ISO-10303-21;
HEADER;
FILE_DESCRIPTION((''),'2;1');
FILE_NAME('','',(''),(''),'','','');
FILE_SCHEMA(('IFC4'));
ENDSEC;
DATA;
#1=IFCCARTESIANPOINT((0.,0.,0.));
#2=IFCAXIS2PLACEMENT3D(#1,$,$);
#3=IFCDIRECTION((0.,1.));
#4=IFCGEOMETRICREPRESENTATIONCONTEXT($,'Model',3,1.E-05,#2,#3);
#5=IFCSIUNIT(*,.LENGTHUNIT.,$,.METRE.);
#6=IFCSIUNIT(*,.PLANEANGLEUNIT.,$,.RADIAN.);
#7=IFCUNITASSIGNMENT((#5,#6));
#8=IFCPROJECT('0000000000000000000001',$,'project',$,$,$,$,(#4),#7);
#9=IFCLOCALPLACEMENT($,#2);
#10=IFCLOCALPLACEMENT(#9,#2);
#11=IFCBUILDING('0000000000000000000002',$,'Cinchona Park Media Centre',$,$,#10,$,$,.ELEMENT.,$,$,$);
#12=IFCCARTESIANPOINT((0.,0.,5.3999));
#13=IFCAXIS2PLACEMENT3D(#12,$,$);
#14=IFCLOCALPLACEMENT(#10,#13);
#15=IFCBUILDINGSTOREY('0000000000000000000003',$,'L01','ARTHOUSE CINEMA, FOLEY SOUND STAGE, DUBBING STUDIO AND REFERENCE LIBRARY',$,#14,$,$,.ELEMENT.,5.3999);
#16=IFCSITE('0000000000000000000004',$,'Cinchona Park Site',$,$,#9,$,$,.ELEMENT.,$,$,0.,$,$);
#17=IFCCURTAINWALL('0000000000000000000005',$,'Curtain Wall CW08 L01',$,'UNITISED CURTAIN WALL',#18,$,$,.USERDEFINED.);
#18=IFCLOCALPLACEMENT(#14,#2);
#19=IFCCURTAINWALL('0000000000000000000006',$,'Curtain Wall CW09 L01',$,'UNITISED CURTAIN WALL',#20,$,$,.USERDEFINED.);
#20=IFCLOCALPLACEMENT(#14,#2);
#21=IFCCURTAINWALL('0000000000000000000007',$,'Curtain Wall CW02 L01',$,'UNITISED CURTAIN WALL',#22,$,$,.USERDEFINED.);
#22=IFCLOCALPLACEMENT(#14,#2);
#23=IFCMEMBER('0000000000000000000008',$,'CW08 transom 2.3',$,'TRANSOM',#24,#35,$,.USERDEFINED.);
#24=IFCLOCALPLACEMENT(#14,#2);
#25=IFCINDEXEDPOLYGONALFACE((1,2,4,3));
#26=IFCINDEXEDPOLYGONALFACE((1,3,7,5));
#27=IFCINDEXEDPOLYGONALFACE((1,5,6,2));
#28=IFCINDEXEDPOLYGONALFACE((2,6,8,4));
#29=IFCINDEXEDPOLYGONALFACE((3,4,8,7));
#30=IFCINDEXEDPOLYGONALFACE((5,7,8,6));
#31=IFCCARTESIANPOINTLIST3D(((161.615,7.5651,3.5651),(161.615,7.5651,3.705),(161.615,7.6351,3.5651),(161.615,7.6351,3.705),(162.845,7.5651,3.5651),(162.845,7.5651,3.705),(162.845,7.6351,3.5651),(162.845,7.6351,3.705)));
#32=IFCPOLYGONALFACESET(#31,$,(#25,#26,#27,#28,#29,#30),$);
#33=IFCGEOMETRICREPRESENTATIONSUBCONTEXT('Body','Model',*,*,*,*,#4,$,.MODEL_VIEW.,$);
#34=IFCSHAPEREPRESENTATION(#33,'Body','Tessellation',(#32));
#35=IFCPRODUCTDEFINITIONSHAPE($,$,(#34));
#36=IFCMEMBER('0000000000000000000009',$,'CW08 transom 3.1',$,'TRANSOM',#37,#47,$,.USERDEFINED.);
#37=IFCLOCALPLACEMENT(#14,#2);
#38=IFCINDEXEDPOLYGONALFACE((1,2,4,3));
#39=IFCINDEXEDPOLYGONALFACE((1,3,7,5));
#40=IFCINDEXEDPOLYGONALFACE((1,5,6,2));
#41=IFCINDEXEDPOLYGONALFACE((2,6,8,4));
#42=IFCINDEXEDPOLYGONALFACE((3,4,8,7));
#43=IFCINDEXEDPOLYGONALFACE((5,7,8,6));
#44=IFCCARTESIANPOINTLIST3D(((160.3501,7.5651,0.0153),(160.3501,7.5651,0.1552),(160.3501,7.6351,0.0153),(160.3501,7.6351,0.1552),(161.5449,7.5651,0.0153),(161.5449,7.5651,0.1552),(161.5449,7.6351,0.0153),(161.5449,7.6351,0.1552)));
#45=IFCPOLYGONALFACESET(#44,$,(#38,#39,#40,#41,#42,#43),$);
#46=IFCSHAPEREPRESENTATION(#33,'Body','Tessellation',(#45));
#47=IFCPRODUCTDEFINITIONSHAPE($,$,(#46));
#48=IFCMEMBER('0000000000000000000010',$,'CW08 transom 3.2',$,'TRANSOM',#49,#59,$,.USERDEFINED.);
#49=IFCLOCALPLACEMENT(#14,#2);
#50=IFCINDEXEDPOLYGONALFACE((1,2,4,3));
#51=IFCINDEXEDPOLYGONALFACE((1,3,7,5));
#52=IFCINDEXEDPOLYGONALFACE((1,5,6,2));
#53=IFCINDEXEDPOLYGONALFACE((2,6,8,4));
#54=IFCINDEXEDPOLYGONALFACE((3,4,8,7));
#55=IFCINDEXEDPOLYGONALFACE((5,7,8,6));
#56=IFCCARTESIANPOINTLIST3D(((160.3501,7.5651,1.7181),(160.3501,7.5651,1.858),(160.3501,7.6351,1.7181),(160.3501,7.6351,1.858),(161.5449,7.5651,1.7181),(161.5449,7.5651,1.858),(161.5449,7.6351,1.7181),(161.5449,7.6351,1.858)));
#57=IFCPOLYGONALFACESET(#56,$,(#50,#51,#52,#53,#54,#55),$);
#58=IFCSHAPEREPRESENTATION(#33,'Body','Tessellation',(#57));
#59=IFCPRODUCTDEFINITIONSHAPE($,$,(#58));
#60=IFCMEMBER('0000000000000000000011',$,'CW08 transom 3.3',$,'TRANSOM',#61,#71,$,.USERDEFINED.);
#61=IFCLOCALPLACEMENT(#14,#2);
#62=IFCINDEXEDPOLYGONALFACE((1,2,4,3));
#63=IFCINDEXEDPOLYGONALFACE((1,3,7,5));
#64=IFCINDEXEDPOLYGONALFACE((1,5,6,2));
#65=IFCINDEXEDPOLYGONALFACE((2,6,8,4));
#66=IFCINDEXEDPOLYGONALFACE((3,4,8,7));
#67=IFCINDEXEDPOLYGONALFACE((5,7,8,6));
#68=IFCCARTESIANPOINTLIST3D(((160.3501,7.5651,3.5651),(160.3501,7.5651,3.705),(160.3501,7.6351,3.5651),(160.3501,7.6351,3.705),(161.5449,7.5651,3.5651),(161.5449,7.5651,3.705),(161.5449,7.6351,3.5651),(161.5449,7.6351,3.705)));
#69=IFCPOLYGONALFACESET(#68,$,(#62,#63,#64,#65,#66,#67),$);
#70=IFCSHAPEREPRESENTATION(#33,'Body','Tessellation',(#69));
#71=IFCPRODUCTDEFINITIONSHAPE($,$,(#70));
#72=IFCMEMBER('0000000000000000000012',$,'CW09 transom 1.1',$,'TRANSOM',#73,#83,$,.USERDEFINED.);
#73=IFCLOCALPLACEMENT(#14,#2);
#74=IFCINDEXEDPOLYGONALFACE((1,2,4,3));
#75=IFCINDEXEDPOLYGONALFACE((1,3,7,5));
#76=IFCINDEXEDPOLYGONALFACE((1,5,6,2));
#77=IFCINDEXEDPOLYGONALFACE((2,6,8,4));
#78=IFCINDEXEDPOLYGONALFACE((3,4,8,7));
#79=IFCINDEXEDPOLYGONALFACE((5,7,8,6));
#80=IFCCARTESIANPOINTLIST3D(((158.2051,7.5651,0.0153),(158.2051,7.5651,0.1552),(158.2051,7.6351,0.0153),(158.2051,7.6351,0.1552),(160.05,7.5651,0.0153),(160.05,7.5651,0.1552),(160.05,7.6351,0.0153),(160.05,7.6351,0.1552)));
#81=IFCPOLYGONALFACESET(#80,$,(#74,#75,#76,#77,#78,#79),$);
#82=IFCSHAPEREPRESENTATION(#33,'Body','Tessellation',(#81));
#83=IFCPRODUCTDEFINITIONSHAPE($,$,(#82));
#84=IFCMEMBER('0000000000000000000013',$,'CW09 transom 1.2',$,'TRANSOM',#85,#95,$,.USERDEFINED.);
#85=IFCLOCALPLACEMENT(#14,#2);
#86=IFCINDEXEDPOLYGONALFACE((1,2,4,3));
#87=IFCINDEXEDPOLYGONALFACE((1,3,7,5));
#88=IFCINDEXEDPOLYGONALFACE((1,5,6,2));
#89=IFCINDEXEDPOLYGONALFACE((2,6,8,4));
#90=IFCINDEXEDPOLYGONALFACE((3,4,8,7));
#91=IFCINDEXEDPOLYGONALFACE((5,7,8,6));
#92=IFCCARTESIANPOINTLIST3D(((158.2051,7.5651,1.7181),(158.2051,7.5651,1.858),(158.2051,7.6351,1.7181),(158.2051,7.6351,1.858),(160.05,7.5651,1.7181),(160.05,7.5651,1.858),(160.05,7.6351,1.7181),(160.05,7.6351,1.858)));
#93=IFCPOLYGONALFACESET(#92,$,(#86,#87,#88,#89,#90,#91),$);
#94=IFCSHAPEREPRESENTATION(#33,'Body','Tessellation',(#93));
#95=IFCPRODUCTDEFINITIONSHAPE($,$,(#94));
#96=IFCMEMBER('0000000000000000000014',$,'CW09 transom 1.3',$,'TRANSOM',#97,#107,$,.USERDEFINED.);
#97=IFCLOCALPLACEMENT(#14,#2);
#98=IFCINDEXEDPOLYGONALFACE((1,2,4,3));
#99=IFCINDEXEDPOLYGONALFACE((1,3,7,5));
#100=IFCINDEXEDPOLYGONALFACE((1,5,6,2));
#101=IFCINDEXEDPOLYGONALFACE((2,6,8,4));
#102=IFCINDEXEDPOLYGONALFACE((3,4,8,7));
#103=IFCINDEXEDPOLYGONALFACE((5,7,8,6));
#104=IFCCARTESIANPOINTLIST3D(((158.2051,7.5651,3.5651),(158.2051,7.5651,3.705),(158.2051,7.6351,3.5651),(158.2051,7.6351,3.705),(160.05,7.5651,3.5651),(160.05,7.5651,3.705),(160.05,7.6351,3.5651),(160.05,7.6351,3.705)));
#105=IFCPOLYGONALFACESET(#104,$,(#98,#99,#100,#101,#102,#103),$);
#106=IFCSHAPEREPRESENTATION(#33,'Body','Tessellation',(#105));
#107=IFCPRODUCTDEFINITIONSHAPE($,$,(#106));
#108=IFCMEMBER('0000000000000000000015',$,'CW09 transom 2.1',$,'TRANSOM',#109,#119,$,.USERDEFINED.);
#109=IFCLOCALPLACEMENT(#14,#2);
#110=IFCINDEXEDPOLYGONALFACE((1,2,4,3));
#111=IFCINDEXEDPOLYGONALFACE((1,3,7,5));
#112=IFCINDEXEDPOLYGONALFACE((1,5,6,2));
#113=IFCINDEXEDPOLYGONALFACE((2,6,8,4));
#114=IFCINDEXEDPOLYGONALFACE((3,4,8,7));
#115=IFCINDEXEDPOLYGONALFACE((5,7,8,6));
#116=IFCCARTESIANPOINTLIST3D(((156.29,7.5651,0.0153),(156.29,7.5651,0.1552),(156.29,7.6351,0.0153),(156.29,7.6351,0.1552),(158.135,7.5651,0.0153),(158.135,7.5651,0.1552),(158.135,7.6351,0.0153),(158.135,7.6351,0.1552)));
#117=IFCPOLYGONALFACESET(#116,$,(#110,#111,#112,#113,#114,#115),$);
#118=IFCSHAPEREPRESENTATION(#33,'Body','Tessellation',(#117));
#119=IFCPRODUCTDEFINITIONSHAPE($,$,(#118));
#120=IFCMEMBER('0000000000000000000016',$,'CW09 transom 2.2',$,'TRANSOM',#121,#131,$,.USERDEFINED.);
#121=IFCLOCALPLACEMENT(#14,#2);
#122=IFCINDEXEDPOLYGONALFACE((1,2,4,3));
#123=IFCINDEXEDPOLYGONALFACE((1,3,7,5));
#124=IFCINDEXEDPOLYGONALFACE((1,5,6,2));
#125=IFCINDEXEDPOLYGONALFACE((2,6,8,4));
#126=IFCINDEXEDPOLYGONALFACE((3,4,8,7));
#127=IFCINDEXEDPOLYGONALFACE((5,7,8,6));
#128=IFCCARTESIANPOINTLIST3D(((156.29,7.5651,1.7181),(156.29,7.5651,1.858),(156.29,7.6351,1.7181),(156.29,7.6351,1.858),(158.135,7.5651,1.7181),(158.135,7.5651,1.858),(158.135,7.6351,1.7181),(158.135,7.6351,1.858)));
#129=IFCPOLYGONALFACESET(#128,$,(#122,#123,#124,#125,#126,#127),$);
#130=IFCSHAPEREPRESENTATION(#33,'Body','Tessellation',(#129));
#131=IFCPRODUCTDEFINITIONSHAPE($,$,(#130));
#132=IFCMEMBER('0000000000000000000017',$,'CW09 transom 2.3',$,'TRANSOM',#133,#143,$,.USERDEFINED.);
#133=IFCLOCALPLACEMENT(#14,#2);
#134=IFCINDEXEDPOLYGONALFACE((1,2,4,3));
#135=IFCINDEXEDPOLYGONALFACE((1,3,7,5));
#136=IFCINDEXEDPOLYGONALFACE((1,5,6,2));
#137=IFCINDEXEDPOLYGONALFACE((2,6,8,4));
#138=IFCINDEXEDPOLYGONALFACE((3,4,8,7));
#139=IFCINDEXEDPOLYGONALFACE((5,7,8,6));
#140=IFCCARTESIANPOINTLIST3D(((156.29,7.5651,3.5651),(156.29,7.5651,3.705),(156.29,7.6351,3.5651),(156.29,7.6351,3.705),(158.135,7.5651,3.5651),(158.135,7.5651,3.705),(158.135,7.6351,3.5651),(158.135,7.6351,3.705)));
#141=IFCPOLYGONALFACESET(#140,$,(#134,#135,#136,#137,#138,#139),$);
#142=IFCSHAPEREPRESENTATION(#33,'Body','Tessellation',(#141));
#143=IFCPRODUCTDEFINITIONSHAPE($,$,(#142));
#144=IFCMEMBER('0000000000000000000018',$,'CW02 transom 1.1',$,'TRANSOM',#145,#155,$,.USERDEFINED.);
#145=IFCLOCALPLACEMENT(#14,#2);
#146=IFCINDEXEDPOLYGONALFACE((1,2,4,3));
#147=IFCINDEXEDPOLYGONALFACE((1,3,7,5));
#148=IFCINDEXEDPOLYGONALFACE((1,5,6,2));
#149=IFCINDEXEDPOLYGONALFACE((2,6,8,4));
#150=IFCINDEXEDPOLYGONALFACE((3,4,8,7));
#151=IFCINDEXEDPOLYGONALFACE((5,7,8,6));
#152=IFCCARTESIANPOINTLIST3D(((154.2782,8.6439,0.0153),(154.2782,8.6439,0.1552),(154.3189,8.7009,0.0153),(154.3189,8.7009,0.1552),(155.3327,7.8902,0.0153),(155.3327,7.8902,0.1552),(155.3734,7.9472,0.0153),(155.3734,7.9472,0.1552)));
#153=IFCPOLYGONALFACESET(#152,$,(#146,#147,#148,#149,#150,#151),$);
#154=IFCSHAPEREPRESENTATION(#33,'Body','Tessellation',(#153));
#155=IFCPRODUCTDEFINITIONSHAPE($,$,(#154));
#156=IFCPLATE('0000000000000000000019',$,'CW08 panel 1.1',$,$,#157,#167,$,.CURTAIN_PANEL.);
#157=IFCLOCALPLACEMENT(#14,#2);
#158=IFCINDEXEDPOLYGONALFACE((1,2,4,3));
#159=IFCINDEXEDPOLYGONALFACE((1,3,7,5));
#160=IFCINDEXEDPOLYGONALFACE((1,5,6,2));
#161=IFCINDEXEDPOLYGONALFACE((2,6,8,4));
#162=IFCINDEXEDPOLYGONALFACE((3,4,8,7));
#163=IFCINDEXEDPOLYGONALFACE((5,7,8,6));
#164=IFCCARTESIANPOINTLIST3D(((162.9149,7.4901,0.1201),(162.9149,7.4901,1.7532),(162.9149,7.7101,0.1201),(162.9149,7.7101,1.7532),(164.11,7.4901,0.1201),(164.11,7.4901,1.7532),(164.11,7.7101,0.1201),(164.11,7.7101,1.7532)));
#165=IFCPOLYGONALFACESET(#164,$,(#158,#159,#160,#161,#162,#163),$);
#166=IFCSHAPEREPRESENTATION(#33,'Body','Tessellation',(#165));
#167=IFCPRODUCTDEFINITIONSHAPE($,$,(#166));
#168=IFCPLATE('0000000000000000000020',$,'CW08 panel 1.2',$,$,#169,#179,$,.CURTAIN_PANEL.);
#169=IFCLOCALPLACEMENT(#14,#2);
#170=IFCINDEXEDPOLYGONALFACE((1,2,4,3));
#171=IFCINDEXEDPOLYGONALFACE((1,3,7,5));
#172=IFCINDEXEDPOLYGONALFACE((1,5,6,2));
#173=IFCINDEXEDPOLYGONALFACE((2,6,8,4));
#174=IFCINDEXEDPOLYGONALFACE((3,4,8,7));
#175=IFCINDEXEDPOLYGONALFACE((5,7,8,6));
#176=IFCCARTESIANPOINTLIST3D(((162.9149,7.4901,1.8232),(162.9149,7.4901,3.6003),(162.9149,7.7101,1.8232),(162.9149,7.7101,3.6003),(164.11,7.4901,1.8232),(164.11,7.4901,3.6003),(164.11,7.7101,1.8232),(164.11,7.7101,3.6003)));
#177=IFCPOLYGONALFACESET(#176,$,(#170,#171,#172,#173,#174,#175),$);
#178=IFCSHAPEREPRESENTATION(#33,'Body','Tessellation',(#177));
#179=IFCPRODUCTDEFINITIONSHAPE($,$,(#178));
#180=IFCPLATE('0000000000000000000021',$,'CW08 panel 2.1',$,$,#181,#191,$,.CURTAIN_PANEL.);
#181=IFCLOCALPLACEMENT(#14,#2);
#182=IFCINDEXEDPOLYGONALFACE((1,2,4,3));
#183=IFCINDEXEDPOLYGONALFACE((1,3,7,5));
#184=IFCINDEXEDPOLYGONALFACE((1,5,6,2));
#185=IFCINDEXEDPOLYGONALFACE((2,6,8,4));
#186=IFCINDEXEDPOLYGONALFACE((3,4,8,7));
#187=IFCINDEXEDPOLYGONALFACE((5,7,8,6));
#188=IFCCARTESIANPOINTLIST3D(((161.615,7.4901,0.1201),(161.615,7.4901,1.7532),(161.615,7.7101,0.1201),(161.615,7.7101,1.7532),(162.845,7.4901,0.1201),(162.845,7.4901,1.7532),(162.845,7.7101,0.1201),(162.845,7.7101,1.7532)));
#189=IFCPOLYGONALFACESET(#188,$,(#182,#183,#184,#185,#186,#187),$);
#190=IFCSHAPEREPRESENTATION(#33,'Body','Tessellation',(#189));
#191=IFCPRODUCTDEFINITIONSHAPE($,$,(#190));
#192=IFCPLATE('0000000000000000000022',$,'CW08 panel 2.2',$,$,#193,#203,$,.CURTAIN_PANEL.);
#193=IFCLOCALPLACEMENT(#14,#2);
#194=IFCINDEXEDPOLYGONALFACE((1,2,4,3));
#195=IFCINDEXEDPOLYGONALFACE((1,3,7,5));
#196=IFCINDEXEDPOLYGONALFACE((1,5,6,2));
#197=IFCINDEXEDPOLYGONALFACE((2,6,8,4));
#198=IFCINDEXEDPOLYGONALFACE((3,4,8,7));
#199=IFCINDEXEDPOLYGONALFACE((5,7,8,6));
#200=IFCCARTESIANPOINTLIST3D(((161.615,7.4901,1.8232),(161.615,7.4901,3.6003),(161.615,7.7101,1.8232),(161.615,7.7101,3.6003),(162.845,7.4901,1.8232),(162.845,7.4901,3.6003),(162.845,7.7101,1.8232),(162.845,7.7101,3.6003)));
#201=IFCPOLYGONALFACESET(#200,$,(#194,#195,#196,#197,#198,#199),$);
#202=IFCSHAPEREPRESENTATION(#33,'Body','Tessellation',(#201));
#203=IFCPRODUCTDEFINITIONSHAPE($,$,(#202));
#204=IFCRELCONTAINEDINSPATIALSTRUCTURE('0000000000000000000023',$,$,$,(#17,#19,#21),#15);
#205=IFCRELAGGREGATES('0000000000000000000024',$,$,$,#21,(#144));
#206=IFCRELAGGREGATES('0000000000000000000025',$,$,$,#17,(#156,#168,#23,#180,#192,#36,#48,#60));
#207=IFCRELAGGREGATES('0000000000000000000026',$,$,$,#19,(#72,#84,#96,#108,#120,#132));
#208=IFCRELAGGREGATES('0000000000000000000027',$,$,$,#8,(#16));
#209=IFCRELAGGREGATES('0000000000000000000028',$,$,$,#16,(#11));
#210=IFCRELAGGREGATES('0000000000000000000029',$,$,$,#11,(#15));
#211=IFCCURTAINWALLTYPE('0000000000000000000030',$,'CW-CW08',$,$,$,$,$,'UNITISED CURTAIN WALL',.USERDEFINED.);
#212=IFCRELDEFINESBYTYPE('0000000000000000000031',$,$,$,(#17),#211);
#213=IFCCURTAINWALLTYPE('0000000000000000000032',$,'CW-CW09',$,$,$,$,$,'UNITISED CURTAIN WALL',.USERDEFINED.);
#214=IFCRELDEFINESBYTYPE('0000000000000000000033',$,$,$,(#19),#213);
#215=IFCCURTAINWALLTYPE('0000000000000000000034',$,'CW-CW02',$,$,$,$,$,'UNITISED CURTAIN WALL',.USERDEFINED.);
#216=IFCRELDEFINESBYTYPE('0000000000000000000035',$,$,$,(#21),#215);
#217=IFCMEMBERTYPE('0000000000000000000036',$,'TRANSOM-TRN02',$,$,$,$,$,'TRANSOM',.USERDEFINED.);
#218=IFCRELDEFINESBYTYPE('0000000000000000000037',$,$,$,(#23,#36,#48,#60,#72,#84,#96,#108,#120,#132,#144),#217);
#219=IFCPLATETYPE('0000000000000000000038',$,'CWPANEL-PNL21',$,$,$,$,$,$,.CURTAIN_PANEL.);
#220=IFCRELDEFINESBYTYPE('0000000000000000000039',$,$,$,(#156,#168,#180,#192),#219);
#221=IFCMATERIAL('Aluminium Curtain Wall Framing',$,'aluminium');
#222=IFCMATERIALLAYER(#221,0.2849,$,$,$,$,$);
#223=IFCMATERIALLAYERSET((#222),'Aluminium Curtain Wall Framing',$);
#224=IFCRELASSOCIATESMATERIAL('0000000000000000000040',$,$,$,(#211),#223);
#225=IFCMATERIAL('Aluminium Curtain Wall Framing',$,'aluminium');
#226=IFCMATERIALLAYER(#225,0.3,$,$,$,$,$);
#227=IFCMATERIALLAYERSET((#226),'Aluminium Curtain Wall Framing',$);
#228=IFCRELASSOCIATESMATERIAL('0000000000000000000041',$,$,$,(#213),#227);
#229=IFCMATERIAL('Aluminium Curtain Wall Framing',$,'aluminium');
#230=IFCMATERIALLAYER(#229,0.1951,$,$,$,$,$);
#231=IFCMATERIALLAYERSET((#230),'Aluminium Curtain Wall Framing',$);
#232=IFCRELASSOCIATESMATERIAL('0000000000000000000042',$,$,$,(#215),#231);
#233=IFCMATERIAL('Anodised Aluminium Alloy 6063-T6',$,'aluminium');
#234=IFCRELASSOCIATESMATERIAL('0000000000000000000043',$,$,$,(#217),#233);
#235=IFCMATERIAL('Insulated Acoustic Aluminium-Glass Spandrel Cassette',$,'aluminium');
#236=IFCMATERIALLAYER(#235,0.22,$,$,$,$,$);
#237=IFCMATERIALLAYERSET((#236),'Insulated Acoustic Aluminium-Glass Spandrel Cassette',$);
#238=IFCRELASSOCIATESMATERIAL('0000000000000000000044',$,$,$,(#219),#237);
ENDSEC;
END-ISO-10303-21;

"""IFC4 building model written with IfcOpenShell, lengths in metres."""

from ifc_helpers import new_model, si_unit, direction, frame, origin, origin_2d, place, context, subcontext, project, spatial, rectangle, extrude, material, layer, layer_set, material_profile, profile_set, type_object, element, aggregate, save


model = new_model("IFC4")

# Units and contexts
model_context = context("Model", 3, precision=1e-05, world=origin(), true_north=direction((0.0, 1.0)))
body_context = subcontext(model_context, "Body", "Model", "MODEL_VIEW")
ifc_project = project(units=[si_unit("LENGTHUNIT", "METRE"), si_unit("PLANEANGLEUNIT", "RADIAN")], contexts=[model_context])

# Site, building, storey
site_placement = place(None, origin())
site = spatial("IfcSite", under=ifc_project, at=site_placement, Name="Cinchona Park Site", CompositionType="ELEMENT", RefElevation=0.0)
building_placement = place(site_placement, origin())
building = spatial("IfcBuilding", under=site, at=building_placement, Name="Cinchona Park Media Centre", CompositionType="ELEMENT")
storey_placement = place(building_placement, frame((0.0, 0.0, 5.3999)))
storey = spatial("IfcBuildingStorey", under=building, at=storey_placement, Name="L01", Description="ARTHOUSE CINEMA, FOLEY SOUND STAGE, DUBBING STUDIO AND REFERENCE LIBRARY", CompositionType="ELEMENT", Elevation=5.3999)

# Curtain walls
ifc_material_1 = material(Name="Aluminium Curtain Wall Framing", Category="aluminium")
ifc_layer_1 = layer(ifc_material_1, 0.2849)
ifc_layer_set_1 = layer_set([ifc_layer_1], Name="Aluminium Curtain Wall Framing")
curtain_wall_type_1 = type_object("IfcCurtainWallType", Name="CW-CW08", ElementType="UNITISED CURTAIN WALL", PredefinedType="USERDEFINED", material=ifc_layer_set_1)
curtain_wall_1_placement = place(storey_placement, origin())
curtain_wall_1 = element("IfcCurtainWall", 1, at=curtain_wall_1_placement, inside=storey, type_object=curtain_wall_type_1, Name="Curtain Wall CW08 L01", ObjectType="UNITISED CURTAIN WALL", PredefinedType="USERDEFINED")
ifc_material_2 = material(Name="Aluminium Curtain Wall Framing", Category="aluminium")
ifc_layer_2 = layer(ifc_material_2, 0.3)
ifc_layer_set_2 = layer_set([ifc_layer_2], Name="Aluminium Curtain Wall Framing")
curtain_wall_type_2 = type_object("IfcCurtainWallType", Name="CW-CW09", ElementType="UNITISED CURTAIN WALL", PredefinedType="USERDEFINED", material=ifc_layer_set_2)
curtain_wall_2_placement = place(storey_placement, origin())
curtain_wall_2 = element("IfcCurtainWall", 2, at=curtain_wall_2_placement, inside=storey, type_object=curtain_wall_type_2, Name="Curtain Wall CW09 L01", ObjectType="UNITISED CURTAIN WALL", PredefinedType="USERDEFINED")

# Curtain wall
ifc_material_3 = material(Name="Aluminium Curtain Wall Framing", Category="aluminium")
ifc_layer_3 = layer(ifc_material_3, 0.1951)
ifc_layer_set_3 = layer_set([ifc_layer_3], Name="Aluminium Curtain Wall Framing")
curtain_wall_type_3 = type_object("IfcCurtainWallType", Name="CW-CW02", ElementType="UNITISED CURTAIN WALL", PredefinedType="USERDEFINED", material=ifc_layer_set_3)
curtain_wall_3_placement = place(storey_placement, origin())
curtain_wall_3 = element("IfcCurtainWall", 3, at=curtain_wall_3_placement, inside=storey, type_object=curtain_wall_type_3, Name="Curtain Wall CW02 L01", ObjectType="UNITISED CURTAIN WALL", PredefinedType="USERDEFINED")

# Members
ifc_material_4 = material(Name="Anodised Aluminium Alloy 6063-T6", Category="aluminium")
ifc_material_profile_1 = material_profile(ifc_material_4, rectangle(XDim=0.0701, YDim=0.1399, at=origin_2d()), Name="TRN-70X140")
ifc_profile_set_1 = profile_set([ifc_material_profile_1], Name="Anodised Aluminium Alloy 6063-T6")
member_type_1 = type_object("IfcMemberType", Name="TRANSOM-TRN02", ElementType="TRANSOM", PredefinedType="USERDEFINED", material=ifc_profile_set_1)
member_1_placement = place(storey_placement, frame((162.845, 7.6001, 3.635), z_axis=(-1.0, 0.0, 0.0), x_axis=(0.0, -1.0, 0.0)))
member_1 = element("IfcMember", 4, at=member_1_placement, type_object=member_type_1, Name="CW08 transom 2.3", ObjectType="TRANSOM", PredefinedType="USERDEFINED", context=body_context, shape_type="SweptSolid", body=[
    extrude(rectangle(XDim=0.0701, YDim=0.1399, at=origin_2d()), origin(), (0.0, 0.0, 1.0), 1.23),
])
member_2_placement = place(storey_placement, frame((161.5449, 7.6001, 0.0852), z_axis=(-1.0, 0.0, 0.0), x_axis=(0.0, -1.0, 0.0)))
member_2 = element("IfcMember", 5, at=member_2_placement, type_object=member_type_1, Name="CW08 transom 3.1", ObjectType="TRANSOM", PredefinedType="USERDEFINED", context=body_context, shape_type="SweptSolid", body=[
    extrude(rectangle(XDim=0.0701, YDim=0.1399, at=origin_2d()), origin(), (0.0, 0.0, 1.0), 1.1948),
])
member_3_placement = place(storey_placement, frame((161.5449, 7.6001, 1.7881), z_axis=(-1.0, 0.0, 0.0), x_axis=(0.0, -1.0, 0.0)))
member_3 = element("IfcMember", 6, at=member_3_placement, type_object=member_type_1, Name="CW08 transom 3.2", ObjectType="TRANSOM", PredefinedType="USERDEFINED", context=body_context, shape_type="SweptSolid", body=[
    extrude(rectangle(XDim=0.0701, YDim=0.1399, at=origin_2d()), origin(), (0.0, 0.0, 1.0), 1.1948),
])
member_4_placement = place(storey_placement, frame((161.5449, 7.6001, 3.635), z_axis=(-1.0, 0.0, 0.0), x_axis=(0.0, -1.0, 0.0)))
member_4 = element("IfcMember", 7, at=member_4_placement, type_object=member_type_1, Name="CW08 transom 3.3", ObjectType="TRANSOM", PredefinedType="USERDEFINED", context=body_context, shape_type="SweptSolid", body=[
    extrude(rectangle(XDim=0.0701, YDim=0.1399, at=origin_2d()), origin(), (0.0, 0.0, 1.0), 1.1948),
])
member_5_placement = place(storey_placement, frame((160.05, 7.6001, 0.0852), z_axis=(-1.0, 0.0, 0.0), x_axis=(0.0, -1.0, 0.0)))
member_5 = element("IfcMember", 8, at=member_5_placement, type_object=member_type_1, Name="CW09 transom 1.1", ObjectType="TRANSOM", PredefinedType="USERDEFINED", context=body_context, shape_type="SweptSolid", body=[
    extrude(rectangle(XDim=0.0701, YDim=0.1399, at=origin_2d()), origin(), (0.0, 0.0, 1.0), 1.845),
])
member_6_placement = place(storey_placement, frame((160.05, 7.6001, 1.7881), z_axis=(-1.0, 0.0, 0.0), x_axis=(0.0, -1.0, 0.0)))
member_6 = element("IfcMember", 9, at=member_6_placement, type_object=member_type_1, Name="CW09 transom 1.2", ObjectType="TRANSOM", PredefinedType="USERDEFINED", context=body_context, shape_type="SweptSolid", body=[
    extrude(rectangle(XDim=0.0701, YDim=0.1399, at=origin_2d()), origin(), (0.0, 0.0, 1.0), 1.845),
])
member_7_placement = place(storey_placement, frame((160.05, 7.6001, 3.635), z_axis=(-1.0, 0.0, 0.0), x_axis=(0.0, -1.0, 0.0)))
member_7 = element("IfcMember", 10, at=member_7_placement, type_object=member_type_1, Name="CW09 transom 1.3", ObjectType="TRANSOM", PredefinedType="USERDEFINED", context=body_context, shape_type="SweptSolid", body=[
    extrude(rectangle(XDim=0.0701, YDim=0.1399, at=origin_2d()), origin(), (0.0, 0.0, 1.0), 1.845),
])
member_8_placement = place(storey_placement, frame((158.135, 7.6001, 0.0852), z_axis=(-1.0, 0.0, 0.0), x_axis=(0.0, -1.0, 0.0)))
member_8 = element("IfcMember", 11, at=member_8_placement, type_object=member_type_1, Name="CW09 transom 2.1", ObjectType="TRANSOM", PredefinedType="USERDEFINED", context=body_context, shape_type="SweptSolid", body=[
    extrude(rectangle(XDim=0.0701, YDim=0.1399, at=origin_2d()), origin(), (0.0, 0.0, 1.0), 1.845),
])
member_9_placement = place(storey_placement, frame((158.135, 7.6001, 1.7881), z_axis=(-1.0, 0.0, 0.0), x_axis=(0.0, -1.0, 0.0)))
member_9 = element("IfcMember", 12, at=member_9_placement, type_object=member_type_1, Name="CW09 transom 2.2", ObjectType="TRANSOM", PredefinedType="USERDEFINED", context=body_context, shape_type="SweptSolid", body=[
    extrude(rectangle(XDim=0.0701, YDim=0.1399, at=origin_2d()), origin(), (0.0, 0.0, 1.0), 1.845),
])
member_10_placement = place(storey_placement, frame((158.135, 7.6001, 3.635), z_axis=(-1.0, 0.0, 0.0), x_axis=(0.0, -1.0, 0.0)))
member_10 = element("IfcMember", 13, at=member_10_placement, type_object=member_type_1, Name="CW09 transom 2.3", ObjectType="TRANSOM", PredefinedType="USERDEFINED", context=body_context, shape_type="SweptSolid", body=[
    extrude(rectangle(XDim=0.0701, YDim=0.1399, at=origin_2d()), origin(), (0.0, 0.0, 1.0), 1.845),
])
member_11_placement = place(storey_placement, frame((155.353, 7.9187, 0.0852), z_axis=(-0.813555, 0.581488, 0.0), x_axis=(-0.581488, -0.813555, 0.0)))
member_11 = element("IfcMember", 14, at=member_11_placement, type_object=member_type_1, Name="CW02 transom 1.1", ObjectType="TRANSOM", PredefinedType="USERDEFINED", context=body_context, shape_type="SweptSolid", body=[
    extrude(rectangle(XDim=0.0701, YDim=0.1399, at=origin_2d()), origin(), (0.0, 0.0, 1.0), 1.2961),
])
aggregate(curtain_wall_3, [member_11])

# Plates
ifc_material_5 = material(Name="Insulated Acoustic Aluminium-Glass Spandrel Cassette", Category="aluminium")
ifc_layer_4 = layer(ifc_material_5, 0.22)
ifc_layer_set_4 = layer_set([ifc_layer_4], Name="Insulated Acoustic Aluminium-Glass Spandrel Cassette")
plate_type_1 = type_object("IfcPlateType", Name="CWPANEL-PNL21", PredefinedType="CURTAIN_PANEL", material=ifc_layer_set_4)
plate_1_placement = place(storey_placement, frame((163.5125, 7.6001, 0.1201), z_axis=(0.0, 0.0, 1.0), x_axis=(-1.0, 0.0, 0.0)))
plate_1 = element("IfcPlate", 15, at=plate_1_placement, type_object=plate_type_1, Name="CW08 panel 1.1", PredefinedType="CURTAIN_PANEL", context=body_context, shape_type="SweptSolid", body=[
    extrude(rectangle(XDim=1.1951, YDim=0.22, at=origin_2d()), origin(), (0.0, 0.0, 1.0), 1.6331),
])
plate_2_placement = place(storey_placement, frame((163.5125, 7.6001, 1.8232), z_axis=(0.0, 0.0, 1.0), x_axis=(-1.0, 0.0, 0.0)))
plate_2 = element("IfcPlate", 16, at=plate_2_placement, type_object=plate_type_1, Name="CW08 panel 1.2", PredefinedType="CURTAIN_PANEL", context=body_context, shape_type="SweptSolid", body=[
    extrude(rectangle(XDim=1.1951, YDim=0.22, at=origin_2d()), origin(), (0.0, 0.0, 1.0), 1.7771),
])
plate_3_placement = place(storey_placement, frame((162.23, 7.6001, 0.1201), z_axis=(0.0, 0.0, 1.0), x_axis=(-1.0, 0.0, 0.0)))
plate_3 = element("IfcPlate", 17, at=plate_3_placement, type_object=plate_type_1, Name="CW08 panel 2.1", PredefinedType="CURTAIN_PANEL", context=body_context, shape_type="SweptSolid", body=[
    extrude(rectangle(XDim=1.23, YDim=0.22, at=origin_2d()), origin(), (0.0, 0.0, 1.0), 1.6331),
])
plate_4_placement = place(storey_placement, frame((162.23, 7.6001, 1.8232), z_axis=(0.0, 0.0, 1.0), x_axis=(-1.0, 0.0, 0.0)))
plate_4 = element("IfcPlate", 18, at=plate_4_placement, type_object=plate_type_1, Name="CW08 panel 2.2", PredefinedType="CURTAIN_PANEL", context=body_context, shape_type="SweptSolid", body=[
    extrude(rectangle(XDim=1.23, YDim=0.22, at=origin_2d()), origin(), (0.0, 0.0, 1.0), 1.7771),
])
aggregate(curtain_wall_1, [plate_1, plate_2, member_1, plate_3, plate_4, member_2, member_3, member_4])
aggregate(curtain_wall_2, [member_5, member_6, member_7, member_8, member_9, member_10])

save(model, "model.ifc")
